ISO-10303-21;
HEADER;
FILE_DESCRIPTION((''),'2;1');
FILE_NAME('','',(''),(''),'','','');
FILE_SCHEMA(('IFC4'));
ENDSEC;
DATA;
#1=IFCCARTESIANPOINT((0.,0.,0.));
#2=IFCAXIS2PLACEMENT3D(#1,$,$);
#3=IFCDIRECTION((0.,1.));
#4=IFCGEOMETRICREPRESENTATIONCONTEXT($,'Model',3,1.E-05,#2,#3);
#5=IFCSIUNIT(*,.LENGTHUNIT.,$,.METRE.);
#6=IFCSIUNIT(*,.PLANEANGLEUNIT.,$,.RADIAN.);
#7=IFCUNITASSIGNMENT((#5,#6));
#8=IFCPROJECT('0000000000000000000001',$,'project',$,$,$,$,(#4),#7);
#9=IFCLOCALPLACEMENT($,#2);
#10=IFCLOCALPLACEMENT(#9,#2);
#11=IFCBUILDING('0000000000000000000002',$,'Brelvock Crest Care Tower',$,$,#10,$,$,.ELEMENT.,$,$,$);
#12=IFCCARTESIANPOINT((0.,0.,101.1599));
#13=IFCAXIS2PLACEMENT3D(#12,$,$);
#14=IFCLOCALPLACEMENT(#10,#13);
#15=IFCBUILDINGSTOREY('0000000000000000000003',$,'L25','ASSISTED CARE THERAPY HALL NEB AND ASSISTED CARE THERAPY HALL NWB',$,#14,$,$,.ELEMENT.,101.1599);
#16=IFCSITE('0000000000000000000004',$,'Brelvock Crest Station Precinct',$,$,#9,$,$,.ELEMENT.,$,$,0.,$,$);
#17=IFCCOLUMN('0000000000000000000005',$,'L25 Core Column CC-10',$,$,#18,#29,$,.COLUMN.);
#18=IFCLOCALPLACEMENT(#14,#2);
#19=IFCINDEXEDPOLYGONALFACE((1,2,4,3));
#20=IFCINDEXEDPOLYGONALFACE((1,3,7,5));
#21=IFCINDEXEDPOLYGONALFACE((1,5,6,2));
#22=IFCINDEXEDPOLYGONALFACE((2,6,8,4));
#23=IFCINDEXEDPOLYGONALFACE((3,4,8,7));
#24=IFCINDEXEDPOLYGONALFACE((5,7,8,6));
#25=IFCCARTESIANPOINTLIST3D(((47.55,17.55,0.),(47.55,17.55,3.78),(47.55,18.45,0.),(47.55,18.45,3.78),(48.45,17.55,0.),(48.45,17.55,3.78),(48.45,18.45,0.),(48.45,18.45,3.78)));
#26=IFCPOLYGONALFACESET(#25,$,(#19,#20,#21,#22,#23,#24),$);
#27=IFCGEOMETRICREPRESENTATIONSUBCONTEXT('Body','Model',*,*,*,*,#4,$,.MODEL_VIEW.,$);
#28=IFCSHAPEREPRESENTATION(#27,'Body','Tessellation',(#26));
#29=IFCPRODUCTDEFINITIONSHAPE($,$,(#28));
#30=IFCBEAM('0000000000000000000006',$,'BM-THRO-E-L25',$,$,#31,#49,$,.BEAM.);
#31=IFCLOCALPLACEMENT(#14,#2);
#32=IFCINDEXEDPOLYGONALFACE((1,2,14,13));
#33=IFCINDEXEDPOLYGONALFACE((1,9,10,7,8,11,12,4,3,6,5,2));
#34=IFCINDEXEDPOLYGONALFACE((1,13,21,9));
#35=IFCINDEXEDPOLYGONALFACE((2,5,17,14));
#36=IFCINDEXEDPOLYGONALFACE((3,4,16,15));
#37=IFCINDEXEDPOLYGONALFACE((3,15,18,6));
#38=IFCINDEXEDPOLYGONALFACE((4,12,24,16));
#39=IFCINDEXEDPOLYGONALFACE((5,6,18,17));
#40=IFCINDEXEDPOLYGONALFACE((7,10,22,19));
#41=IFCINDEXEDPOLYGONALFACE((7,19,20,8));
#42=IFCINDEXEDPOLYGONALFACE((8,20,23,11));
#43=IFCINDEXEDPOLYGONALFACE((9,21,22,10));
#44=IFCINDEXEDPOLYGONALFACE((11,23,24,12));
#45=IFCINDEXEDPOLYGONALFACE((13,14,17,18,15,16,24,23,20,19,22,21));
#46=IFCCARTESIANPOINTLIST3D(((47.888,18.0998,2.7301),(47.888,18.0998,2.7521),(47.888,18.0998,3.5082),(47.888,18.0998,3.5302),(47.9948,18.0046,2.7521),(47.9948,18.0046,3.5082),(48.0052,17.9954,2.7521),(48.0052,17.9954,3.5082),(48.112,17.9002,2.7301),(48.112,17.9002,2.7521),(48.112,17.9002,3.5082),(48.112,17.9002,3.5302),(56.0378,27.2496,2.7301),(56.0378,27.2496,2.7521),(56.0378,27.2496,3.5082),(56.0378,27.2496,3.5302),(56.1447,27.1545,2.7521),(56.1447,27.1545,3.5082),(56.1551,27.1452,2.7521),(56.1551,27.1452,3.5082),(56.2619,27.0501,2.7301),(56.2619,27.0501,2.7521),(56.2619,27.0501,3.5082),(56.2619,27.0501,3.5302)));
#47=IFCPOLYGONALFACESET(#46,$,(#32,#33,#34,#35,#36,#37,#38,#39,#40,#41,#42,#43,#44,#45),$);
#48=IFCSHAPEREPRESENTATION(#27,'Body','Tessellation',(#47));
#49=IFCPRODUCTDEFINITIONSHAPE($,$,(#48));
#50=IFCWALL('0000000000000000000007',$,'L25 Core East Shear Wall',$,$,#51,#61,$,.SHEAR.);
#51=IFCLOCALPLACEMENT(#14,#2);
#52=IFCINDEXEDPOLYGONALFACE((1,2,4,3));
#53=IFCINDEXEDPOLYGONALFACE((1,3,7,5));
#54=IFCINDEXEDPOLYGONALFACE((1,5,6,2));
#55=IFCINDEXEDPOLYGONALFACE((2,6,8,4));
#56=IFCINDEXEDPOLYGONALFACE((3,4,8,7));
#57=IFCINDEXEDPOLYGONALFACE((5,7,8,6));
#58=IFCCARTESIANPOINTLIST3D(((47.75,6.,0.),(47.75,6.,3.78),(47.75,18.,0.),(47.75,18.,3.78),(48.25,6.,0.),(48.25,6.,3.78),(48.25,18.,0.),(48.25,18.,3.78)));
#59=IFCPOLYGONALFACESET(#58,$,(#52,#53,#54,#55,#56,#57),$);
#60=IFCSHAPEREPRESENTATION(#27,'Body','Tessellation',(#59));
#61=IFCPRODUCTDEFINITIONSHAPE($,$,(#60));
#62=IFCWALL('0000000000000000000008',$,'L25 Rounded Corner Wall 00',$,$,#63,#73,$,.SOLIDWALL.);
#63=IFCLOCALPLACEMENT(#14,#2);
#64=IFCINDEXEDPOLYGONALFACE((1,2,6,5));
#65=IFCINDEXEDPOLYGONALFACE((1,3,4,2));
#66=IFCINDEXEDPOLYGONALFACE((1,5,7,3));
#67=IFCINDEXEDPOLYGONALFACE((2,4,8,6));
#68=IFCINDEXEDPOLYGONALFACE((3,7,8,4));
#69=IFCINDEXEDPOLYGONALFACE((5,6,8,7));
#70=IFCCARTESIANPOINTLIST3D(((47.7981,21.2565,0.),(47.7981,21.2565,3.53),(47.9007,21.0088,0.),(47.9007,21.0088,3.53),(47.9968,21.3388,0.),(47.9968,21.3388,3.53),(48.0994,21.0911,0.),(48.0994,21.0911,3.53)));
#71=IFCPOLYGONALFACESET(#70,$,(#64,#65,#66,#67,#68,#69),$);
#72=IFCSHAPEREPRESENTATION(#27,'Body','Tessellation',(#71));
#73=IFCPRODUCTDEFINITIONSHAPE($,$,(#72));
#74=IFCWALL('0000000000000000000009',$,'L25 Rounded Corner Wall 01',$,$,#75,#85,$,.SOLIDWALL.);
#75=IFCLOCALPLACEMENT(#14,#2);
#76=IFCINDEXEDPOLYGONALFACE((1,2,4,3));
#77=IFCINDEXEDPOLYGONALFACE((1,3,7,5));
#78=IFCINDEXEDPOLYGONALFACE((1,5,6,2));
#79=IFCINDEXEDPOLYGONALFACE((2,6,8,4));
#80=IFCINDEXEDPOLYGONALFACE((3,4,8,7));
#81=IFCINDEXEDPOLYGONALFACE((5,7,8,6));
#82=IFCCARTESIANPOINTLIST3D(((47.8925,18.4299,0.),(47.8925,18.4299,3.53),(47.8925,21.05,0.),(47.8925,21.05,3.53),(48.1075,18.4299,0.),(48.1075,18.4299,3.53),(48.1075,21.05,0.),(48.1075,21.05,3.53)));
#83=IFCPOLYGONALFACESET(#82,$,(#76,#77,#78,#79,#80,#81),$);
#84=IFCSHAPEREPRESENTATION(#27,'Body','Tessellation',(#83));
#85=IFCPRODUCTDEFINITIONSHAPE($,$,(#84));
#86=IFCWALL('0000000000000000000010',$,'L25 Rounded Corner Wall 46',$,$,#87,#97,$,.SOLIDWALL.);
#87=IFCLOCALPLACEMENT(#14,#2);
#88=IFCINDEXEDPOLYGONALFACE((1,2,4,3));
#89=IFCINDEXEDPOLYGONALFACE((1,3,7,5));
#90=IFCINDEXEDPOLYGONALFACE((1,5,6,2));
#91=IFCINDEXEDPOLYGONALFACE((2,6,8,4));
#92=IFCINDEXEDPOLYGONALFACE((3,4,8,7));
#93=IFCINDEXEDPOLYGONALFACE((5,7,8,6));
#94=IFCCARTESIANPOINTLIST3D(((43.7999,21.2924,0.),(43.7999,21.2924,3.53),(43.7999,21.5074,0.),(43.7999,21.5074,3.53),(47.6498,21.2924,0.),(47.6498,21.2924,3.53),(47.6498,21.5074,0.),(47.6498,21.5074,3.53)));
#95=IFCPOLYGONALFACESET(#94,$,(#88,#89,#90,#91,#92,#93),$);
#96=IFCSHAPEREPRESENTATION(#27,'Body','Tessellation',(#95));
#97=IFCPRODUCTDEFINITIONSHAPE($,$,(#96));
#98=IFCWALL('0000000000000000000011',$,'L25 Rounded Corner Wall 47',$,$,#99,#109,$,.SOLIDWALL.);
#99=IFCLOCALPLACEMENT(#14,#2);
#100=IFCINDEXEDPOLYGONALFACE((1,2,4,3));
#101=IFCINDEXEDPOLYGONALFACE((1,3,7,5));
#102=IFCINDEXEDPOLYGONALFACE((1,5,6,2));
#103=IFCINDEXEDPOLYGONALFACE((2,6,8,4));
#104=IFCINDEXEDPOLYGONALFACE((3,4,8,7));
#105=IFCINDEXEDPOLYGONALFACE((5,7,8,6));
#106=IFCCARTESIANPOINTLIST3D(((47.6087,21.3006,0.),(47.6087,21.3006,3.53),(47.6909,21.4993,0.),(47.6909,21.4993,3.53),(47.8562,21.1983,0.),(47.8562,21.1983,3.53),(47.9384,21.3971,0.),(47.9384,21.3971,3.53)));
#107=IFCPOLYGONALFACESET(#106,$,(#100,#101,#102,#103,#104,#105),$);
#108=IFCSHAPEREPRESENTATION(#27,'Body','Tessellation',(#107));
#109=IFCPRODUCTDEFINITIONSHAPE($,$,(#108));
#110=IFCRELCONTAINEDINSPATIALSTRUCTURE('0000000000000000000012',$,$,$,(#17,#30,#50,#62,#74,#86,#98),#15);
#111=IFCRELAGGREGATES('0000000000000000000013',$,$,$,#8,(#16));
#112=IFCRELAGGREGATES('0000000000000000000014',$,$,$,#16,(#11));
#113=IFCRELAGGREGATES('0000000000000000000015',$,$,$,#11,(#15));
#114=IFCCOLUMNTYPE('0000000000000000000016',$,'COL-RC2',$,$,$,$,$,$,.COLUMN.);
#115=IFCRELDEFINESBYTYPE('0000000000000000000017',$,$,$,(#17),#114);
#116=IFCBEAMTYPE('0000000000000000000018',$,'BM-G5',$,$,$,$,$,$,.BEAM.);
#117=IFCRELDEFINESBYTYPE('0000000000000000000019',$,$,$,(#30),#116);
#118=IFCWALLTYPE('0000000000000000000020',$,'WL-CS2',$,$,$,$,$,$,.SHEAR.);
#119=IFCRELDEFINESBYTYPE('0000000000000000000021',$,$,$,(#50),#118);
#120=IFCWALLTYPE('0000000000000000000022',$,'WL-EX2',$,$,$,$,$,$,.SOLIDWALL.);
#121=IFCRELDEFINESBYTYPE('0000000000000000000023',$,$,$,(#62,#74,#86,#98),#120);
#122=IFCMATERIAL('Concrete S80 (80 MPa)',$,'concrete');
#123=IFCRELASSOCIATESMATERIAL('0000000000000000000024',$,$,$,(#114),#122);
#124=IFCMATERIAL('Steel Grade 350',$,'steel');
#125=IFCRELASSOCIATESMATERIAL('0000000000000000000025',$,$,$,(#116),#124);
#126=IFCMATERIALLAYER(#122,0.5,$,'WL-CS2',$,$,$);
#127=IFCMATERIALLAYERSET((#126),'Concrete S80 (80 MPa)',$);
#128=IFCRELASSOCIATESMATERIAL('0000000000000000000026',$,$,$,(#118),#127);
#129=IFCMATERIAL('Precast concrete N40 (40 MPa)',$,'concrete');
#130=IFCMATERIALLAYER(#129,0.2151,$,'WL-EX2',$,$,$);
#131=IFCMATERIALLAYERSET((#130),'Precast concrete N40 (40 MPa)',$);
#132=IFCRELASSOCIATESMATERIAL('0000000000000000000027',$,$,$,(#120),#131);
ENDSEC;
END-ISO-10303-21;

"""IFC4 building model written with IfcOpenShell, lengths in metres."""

from ifc_helpers import new_model, si_unit, direction, frame, frame_2d, origin, origin_2d, place, context, subcontext, project, spatial, rectangle, i_section, extrude, source, transform, mapped, material, layer, layer_set, material_profile, profile_set, type_object, element, save


model = new_model("IFC4")

# Units and contexts
model_context = context("Model", 3, precision=1e-05, world=origin(), true_north=direction((0.0, 1.0)))
body_context = subcontext(model_context, "Body", "Model", "MODEL_VIEW")
ifc_project = project(units=[si_unit("LENGTHUNIT", "METRE"), si_unit("PLANEANGLEUNIT", "RADIAN")], contexts=[model_context])

# Site, building, storey
site_placement = place(None, origin())
site = spatial("IfcSite", under=ifc_project, at=site_placement, Name="Brelvock Crest Station Precinct", CompositionType="ELEMENT", RefElevation=0.0)
building_placement = place(site_placement, origin())
building = spatial("IfcBuilding", under=site, at=building_placement, Name="Brelvock Crest Care Tower", CompositionType="ELEMENT")
storey_placement = place(building_placement, frame((0.0, 0.0, 101.1599)))
storey = spatial("IfcBuildingStorey", under=building, at=storey_placement, Name="L25", Description="ASSISTED CARE THERAPY HALL NEB AND ASSISTED CARE THERAPY HALL NWB", CompositionType="ELEMENT", Elevation=101.1599)

# Column
ifc_material_1 = material(Name="Concrete S80 (80 MPa)", Category="concrete")
ifc_material_profile_1 = material_profile(ifc_material_1, rectangle(XDim=0.8999, YDim=0.8999, at=origin_2d()), Name="RC900x900")
ifc_profile_set_1 = profile_set([ifc_material_profile_1], Name="Concrete S80 (80 MPa)")
column_type = type_object("IfcColumnType", Name="COL-RC2", PredefinedType="COLUMN", material=ifc_profile_set_1)
shared_shape_1 = source(origin(), body_context, "Body", "SweptSolid", [
    extrude(rectangle(XDim=0.8999, YDim=0.8999, at=origin_2d()), origin(), (0.0, 0.0, 1.0), 3.78),
])
column_placement = place(storey_placement, frame((48.0, 18.0, 0.0), z_axis=(0.0, 0.0, 1.0), x_axis=(1.0, 0.0, 0.0)))
element("IfcColumn", 1, at=column_placement, inside=storey, type_object=column_type, Name="L25 Core Column CC-10", PredefinedType="COLUMN", context=body_context, shape_type="MappedRepresentation", body=[
    mapped(shared_shape_1, transform((0.0, 0.0, 0.0), x_axis=(1.0, 0.0, 0.0), y_axis=(0.0, 1.0, 0.0), z_axis=(0.0, 0.0, 1.0), scale=1.0)),
])

# Beam
ifc_material_2 = material(Name="Steel Grade 350", Category="steel")
ifc_material_profile_2 = material_profile(ifc_material_2, i_section(OverallWidth=0.3, OverallDepth=0.8, WebThickness=0.0139, FlangeThickness=0.022, at=origin_2d()), Name="800WB192")
ifc_profile_set_2 = profile_set([ifc_material_profile_2], Name="Steel Grade 350")
beam_type = type_object("IfcBeamType", Name="BM-G5", PredefinedType="BEAM", material=ifc_profile_set_2)
shared_shape_2 = source(origin(), body_context, "Body", "SweptSolid", [
    extrude(i_section(OverallWidth=0.3, OverallDepth=0.8, WebThickness=0.0139, FlangeThickness=0.022, at=origin_2d()), origin(), (0.0, 0.0, 1.0), 12.2532),
])
beam_placement = place(storey_placement, frame((48.0, 18.0, 3.1301), z_axis=(0.665123, 0.746734, 0.0), x_axis=(-0.746734, 0.665123, 0.0)))
element("IfcBeam", 2, at=beam_placement, inside=storey, type_object=beam_type, Name="BM-THRO-E-L25", PredefinedType="BEAM", context=body_context, shape_type="MappedRepresentation", body=[
    mapped(shared_shape_2, transform((0.0, 0.0, 0.0), x_axis=(1.0, 0.0, 0.0), y_axis=(0.0, 1.0, 0.0), z_axis=(0.0, 0.0, 1.0), scale=1.0)),
])

# Walls
ifc_layer_1 = layer(ifc_material_1, 0.5, Name="WL-CS2")
ifc_layer_set_1 = layer_set([ifc_layer_1], Name="Concrete S80 (80 MPa)")
wall_type_1 = type_object("IfcWallType", Name="WL-CS2", PredefinedType="SHEAR", material=ifc_layer_set_1)
wall_1_placement = place(storey_placement, frame((48.0, 18.0, 0.0), z_axis=(0.0, 0.0, 1.0), x_axis=(0.0, -1.0, 0.0)))
element("IfcWall", 3, at=wall_1_placement, inside=storey, type_object=wall_type_1, Name="L25 Core East Shear Wall", PredefinedType="SHEAR", context=body_context, shape_type="SweptSolid", body=[
    extrude(rectangle(XDim=12.0, YDim=0.5, at=frame_2d((6.0, 0.0))), origin(), (0.0, 0.0, 1.0), 3.78),
])
ifc_material_3 = material(Name="Precast concrete N40 (40 MPa)", Category="concrete")
ifc_layer_2 = layer(ifc_material_3, 0.2151, Name="WL-EX2")
ifc_layer_set_2 = layer_set([ifc_layer_2], Name="Precast concrete N40 (40 MPa)")
wall_type_2 = type_object("IfcWallType", Name="WL-EX2", PredefinedType="SOLIDWALL", material=ifc_layer_set_2)
wall_2_placement = place(storey_placement, frame((47.8975, 21.2976, 0.0), z_axis=(0.0, 0.0, 1.0), x_axis=(0.382674, -0.923884, 0.0)))
element("IfcWall", 4, at=wall_2_placement, inside=storey, type_object=wall_type_2, Name="L25 Rounded Corner Wall 00", PredefinedType="SOLIDWALL", context=body_context, shape_type="SweptSolid", body=[
    extrude(rectangle(XDim=0.2681, YDim=0.2151, at=frame_2d((0.134, 0.0))), origin(), (0.0, 0.0, 1.0), 3.53),
])
wall_3_placement = place(storey_placement, frame((48.0, 21.05, 0.0), z_axis=(0.0, 0.0, 1.0), x_axis=(0.0, -1.0, 0.0)))
element("IfcWall", 5, at=wall_3_placement, inside=storey, type_object=wall_type_2, Name="L25 Rounded Corner Wall 01", PredefinedType="SOLIDWALL", context=body_context, shape_type="SweptSolid", body=[
    extrude(rectangle(XDim=2.6201, YDim=0.2151, at=frame_2d((1.3101, 0.0))), origin(), (0.0, 0.0, 1.0), 3.53),
])
wall_4_placement = place(storey_placement, frame((43.8, 21.3999, 0.0), z_axis=(0.0, 0.0, 1.0), x_axis=(1.0, 0.0, 0.0)))
element("IfcWall", 6, at=wall_4_placement, inside=storey, type_object=wall_type_2, Name="L25 Rounded Corner Wall 46", PredefinedType="SOLIDWALL", context=body_context, shape_type="SweptSolid", body=[
    extrude(rectangle(XDim=3.8499, YDim=0.2151, at=frame_2d((1.9248, 0.0))), origin(), (0.0, 0.0, 1.0), 3.53),
])
wall_5_placement = place(storey_placement, frame((47.6499, 21.3999, 0.0), z_axis=(0.0, 0.0, 1.0), x_axis=(0.924205, -0.381896, 0.0)))
element("IfcWall", 7, at=wall_5_placement, inside=storey, type_object=wall_type_2, Name="L25 Rounded Corner Wall 47", PredefinedType="SOLIDWALL", context=body_context, shape_type="SweptSolid", body=[
    extrude(rectangle(XDim=0.2678, YDim=0.2151, at=frame_2d((0.1338, 0.0))), origin(), (0.0, 0.0, 1.0), 3.53),
])

save(model, "model.ifc")
